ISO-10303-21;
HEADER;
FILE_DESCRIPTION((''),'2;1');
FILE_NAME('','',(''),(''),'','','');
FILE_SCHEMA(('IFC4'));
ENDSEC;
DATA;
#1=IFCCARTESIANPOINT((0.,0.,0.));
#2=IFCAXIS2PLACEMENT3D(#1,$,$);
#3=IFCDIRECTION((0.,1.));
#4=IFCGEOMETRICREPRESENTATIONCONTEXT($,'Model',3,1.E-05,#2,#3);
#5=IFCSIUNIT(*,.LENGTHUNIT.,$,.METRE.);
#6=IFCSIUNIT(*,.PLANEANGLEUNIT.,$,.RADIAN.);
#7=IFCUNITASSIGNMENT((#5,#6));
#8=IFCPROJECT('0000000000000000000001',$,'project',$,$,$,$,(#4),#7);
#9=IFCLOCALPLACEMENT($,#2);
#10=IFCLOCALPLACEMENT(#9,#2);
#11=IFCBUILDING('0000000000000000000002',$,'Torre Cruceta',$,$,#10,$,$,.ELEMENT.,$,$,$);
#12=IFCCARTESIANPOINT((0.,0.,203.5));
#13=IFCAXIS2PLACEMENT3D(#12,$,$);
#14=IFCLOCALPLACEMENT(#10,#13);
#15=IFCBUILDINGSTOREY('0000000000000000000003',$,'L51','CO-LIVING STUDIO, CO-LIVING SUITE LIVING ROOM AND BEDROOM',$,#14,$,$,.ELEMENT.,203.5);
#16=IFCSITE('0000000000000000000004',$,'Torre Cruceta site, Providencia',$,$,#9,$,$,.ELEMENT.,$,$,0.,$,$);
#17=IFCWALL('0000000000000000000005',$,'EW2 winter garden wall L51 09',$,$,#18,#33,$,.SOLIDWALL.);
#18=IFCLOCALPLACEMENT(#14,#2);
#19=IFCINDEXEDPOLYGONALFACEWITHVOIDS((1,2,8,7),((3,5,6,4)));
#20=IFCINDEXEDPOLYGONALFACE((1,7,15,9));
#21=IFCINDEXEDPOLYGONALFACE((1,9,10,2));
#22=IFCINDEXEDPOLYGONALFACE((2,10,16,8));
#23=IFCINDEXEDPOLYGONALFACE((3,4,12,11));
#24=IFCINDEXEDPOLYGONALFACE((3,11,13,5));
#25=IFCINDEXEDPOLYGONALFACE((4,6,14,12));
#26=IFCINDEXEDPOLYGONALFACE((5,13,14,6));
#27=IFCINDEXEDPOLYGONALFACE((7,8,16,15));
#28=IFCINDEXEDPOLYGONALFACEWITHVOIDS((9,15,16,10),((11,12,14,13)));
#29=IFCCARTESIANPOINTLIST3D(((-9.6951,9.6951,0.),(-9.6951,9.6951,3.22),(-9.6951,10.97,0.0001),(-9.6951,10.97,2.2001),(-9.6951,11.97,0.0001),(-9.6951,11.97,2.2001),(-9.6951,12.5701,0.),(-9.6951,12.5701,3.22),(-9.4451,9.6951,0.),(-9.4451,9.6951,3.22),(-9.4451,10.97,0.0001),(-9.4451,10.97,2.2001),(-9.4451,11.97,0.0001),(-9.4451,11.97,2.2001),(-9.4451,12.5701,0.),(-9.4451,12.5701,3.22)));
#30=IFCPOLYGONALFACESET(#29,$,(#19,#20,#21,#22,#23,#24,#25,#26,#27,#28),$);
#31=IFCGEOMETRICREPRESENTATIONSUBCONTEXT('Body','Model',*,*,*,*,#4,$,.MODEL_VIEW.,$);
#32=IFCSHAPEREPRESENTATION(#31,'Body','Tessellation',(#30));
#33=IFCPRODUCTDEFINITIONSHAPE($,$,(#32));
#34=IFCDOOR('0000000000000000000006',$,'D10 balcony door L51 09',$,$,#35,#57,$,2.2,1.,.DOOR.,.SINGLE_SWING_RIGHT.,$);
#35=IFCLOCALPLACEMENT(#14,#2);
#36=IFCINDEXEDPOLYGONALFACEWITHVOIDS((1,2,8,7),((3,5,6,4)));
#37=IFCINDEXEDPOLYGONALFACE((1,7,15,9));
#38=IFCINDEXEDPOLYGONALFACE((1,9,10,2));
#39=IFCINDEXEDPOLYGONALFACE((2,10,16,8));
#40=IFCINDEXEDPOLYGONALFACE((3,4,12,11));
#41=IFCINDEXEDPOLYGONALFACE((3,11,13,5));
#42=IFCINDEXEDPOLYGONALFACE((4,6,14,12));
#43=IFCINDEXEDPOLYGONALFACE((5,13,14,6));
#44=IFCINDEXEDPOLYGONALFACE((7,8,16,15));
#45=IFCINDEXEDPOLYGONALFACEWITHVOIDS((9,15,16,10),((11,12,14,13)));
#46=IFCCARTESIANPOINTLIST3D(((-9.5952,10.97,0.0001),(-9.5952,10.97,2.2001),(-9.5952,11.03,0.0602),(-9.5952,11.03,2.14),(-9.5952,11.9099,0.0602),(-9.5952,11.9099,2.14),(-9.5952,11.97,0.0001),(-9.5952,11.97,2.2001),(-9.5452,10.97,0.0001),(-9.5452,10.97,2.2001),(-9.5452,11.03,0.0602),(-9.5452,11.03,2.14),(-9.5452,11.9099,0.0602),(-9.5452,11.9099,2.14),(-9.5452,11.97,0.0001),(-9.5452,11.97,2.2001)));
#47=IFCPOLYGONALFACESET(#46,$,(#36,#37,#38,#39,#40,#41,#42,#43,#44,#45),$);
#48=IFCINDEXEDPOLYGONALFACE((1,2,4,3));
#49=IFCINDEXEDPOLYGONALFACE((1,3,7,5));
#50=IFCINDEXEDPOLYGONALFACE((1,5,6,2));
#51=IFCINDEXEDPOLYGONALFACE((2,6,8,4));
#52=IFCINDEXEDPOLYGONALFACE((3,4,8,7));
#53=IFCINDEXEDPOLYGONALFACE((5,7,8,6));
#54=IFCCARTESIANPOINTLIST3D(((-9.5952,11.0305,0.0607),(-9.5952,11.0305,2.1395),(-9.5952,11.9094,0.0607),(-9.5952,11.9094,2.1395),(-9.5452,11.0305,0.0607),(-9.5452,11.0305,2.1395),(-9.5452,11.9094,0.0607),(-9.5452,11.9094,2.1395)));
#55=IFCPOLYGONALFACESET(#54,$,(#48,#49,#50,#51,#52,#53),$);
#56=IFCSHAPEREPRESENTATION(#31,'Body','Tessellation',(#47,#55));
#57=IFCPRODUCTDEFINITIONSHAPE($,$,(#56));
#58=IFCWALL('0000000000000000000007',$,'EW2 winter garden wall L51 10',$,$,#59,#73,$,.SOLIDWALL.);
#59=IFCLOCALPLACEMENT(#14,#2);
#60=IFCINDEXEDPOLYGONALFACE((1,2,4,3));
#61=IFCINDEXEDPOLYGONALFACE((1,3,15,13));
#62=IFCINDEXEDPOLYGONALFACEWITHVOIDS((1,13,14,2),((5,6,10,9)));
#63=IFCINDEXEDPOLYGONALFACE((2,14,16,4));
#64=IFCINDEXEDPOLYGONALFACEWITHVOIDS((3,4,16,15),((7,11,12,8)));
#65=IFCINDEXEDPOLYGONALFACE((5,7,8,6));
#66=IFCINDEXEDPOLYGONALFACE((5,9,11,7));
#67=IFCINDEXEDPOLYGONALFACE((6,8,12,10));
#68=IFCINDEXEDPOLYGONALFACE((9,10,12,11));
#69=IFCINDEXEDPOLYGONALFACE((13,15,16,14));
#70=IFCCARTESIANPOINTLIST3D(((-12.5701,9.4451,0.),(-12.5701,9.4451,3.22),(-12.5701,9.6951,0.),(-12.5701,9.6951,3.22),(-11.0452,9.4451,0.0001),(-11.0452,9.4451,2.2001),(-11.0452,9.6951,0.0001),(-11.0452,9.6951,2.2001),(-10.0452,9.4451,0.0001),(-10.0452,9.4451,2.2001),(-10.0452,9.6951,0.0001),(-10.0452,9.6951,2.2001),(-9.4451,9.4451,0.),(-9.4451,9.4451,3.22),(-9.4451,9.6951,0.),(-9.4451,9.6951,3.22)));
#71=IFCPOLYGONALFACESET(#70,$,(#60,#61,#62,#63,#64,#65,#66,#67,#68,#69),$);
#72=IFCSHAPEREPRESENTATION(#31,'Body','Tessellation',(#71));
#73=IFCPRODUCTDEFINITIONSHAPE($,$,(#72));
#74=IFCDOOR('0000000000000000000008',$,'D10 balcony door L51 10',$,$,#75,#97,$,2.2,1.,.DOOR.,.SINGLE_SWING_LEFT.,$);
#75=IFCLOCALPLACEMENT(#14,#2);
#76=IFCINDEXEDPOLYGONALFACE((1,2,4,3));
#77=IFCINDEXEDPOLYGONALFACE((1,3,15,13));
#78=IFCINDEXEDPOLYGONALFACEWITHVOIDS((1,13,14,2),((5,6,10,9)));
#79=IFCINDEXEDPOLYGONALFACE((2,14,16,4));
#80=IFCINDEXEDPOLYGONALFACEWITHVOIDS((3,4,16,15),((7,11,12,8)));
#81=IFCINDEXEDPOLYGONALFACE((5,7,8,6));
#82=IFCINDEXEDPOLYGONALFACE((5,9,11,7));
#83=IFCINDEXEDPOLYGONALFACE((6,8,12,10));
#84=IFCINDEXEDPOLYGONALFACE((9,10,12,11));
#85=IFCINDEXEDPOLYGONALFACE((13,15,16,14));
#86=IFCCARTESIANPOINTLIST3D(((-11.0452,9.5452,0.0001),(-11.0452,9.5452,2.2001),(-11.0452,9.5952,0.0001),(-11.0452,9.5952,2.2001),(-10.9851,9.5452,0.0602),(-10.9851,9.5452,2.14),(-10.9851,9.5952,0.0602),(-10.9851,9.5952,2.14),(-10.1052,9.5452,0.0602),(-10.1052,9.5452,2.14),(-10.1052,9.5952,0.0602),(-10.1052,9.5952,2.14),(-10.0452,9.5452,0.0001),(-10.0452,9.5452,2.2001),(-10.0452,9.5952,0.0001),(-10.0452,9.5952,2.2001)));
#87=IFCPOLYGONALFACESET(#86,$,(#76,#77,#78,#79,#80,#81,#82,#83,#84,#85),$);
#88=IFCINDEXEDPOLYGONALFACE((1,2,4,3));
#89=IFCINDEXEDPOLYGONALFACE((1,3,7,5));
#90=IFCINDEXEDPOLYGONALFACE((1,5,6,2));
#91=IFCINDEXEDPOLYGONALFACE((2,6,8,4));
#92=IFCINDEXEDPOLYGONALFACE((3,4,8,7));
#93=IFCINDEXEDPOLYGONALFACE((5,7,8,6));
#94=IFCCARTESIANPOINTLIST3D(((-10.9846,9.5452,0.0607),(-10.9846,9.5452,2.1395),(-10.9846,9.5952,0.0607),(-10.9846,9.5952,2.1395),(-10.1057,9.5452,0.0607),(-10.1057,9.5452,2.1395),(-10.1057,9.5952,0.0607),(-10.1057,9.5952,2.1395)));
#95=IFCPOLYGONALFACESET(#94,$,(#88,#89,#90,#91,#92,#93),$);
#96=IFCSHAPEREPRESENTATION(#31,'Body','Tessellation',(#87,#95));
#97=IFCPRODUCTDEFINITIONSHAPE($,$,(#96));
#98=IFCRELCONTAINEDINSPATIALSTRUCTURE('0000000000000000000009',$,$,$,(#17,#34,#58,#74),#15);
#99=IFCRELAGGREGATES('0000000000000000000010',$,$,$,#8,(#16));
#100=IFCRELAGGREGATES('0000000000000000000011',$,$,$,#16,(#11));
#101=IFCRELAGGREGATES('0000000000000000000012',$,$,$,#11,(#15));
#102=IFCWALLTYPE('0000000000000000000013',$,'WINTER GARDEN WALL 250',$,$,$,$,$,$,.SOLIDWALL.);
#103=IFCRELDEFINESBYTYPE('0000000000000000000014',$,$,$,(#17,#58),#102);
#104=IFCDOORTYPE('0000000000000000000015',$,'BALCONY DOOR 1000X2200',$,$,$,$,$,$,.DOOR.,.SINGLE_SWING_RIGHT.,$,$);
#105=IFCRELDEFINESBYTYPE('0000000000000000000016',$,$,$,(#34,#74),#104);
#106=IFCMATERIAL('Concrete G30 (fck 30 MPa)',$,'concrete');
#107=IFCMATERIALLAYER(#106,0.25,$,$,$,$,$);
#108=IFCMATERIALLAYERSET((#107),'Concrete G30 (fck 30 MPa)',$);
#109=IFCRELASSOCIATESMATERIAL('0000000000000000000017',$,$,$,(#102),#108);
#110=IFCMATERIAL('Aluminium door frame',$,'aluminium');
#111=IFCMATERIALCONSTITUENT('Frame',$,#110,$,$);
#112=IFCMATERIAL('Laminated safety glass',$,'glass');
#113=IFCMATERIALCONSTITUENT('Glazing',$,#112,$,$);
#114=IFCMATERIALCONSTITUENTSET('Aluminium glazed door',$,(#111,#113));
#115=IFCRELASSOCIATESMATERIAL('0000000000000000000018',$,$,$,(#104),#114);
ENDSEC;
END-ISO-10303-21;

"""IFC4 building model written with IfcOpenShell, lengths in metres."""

from ifc_helpers import new_model, si_unit, direction, frame, frame_2d, origin, place, context, subcontext, project, spatial, rectangle, hollow_rectangle, extrude, material, layer, layer_set, constituent, constituent_set, type_object, element, fill, save


model = new_model("IFC4")

# Units and contexts
model_context = context("Model", 3, precision=1e-05, world=origin(), true_north=direction((0.0, 1.0)))
body_context = subcontext(model_context, "Body", "Model", "MODEL_VIEW")
ifc_project = project(units=[si_unit("LENGTHUNIT", "METRE"), si_unit("PLANEANGLEUNIT", "RADIAN")], contexts=[model_context])

# Site, building, storey
site_placement = place(None, origin())
site = spatial("IfcSite", under=ifc_project, at=site_placement, Name="Torre Cruceta site, Providencia", CompositionType="ELEMENT", RefElevation=0.0)
building_placement = place(site_placement, origin())
building = spatial("IfcBuilding", under=site, at=building_placement, Name="Torre Cruceta", CompositionType="ELEMENT")
storey_placement = place(building_placement, frame((0.0, 0.0, 203.5)))
storey = spatial("IfcBuildingStorey", under=building, at=storey_placement, Name="L51", Description="CO-LIVING STUDIO, CO-LIVING SUITE LIVING ROOM AND BEDROOM", CompositionType="ELEMENT", Elevation=203.5)

# Walls, openings, doors
ifc_material_1 = material(Name="Concrete G30 (fck 30 MPa)", Category="concrete")
ifc_layer_1 = layer(ifc_material_1, 0.25)
ifc_layer_set_1 = layer_set([ifc_layer_1], Name="Concrete G30 (fck 30 MPa)")
wall_type_1 = type_object("IfcWallType", Name="WINTER GARDEN WALL 250", PredefinedType="SOLIDWALL", material=ifc_layer_set_1)
wall_1_placement = place(storey_placement, frame((-9.5701, 12.5701, 0.0), z_axis=(0.0, 0.0, 1.0), x_axis=(0.0, -1.0, 0.0)))
wall_1 = element("IfcWall", 1, at=wall_1_placement, inside=storey, type_object=wall_type_1, Name="EW2 winter garden wall L51 09", PredefinedType="SOLIDWALL", context=body_context, shape_type="SweptSolid", body=[
    extrude(rectangle(XDim=2.875, YDim=0.25, at=frame_2d((1.4375, 0.0))), origin(), (0.0, 0.0, 1.0), 3.22),
])
opening_1_placement = place(wall_1_placement, frame((0.6001, 0.0, 0.0)))
opening_1 = element("IfcOpeningElement", 2, at=opening_1_placement, cuts=wall_1, PredefinedType="OPENING", context=body_context, shape_type="SweptSolid", body=[
    extrude(rectangle(XDim=1.0, YDim=2.2, at=frame_2d((0.5, 1.1001))), frame((0.0, 0.135, 0.0), z_axis=(0.0, -1.0, 0.0), x_axis=(1.0, 0.0, 0.0)), (0.0, 0.0, 1.0), 0.27),
])
ifc_material_2 = material(Name="Aluminium door frame", Category="aluminium")
ifc_constituent_1 = constituent(ifc_material_2, Name="Frame")
ifc_material_3 = material(Name="Laminated safety glass", Category="glass")
ifc_constituent_2 = constituent(ifc_material_3, Name="Glazing")
ifc_constituent_set_1 = constituent_set(constituents=[ifc_constituent_1, ifc_constituent_2], Name="Aluminium glazed door")
door_type_1 = type_object("IfcDoorType", Name="BALCONY DOOR 1000X2200", OperationType="SINGLE_SWING_RIGHT", PredefinedType="DOOR", material=ifc_constituent_set_1)
door_1_placement = place(opening_1_placement, origin())
door_1 = element("IfcDoor", 3, at=door_1_placement, inside=storey, type_object=door_type_1, Name="D10 balcony door L51 09", OperationType="SINGLE_SWING_RIGHT", OverallHeight=2.2, OverallWidth=1.0, PredefinedType="DOOR", context=body_context, shape_type="SweptSolid", body=[
    extrude(hollow_rectangle(XDim=1.0, YDim=2.2, WallThickness=0.0601, at=frame_2d((0.5, 1.1001))), frame((0.0, 0.0249, 0.0), z_axis=(0.0, -1.0, 0.0), x_axis=(1.0, 0.0, 0.0)), (0.0, 0.0, 1.0), 0.05),
    extrude(rectangle(XDim=0.8789, YDim=2.0789, at=frame_2d((0.5, 1.1001))), frame((0.0, 0.0249, 0.0), z_axis=(0.0, -1.0, 0.0), x_axis=(1.0, 0.0, 0.0)), (0.0, 0.0, 1.0), 0.05),
])
fill(opening_1, door_1)
wall_2_placement = place(storey_placement, frame((-9.4451, 9.5701, 0.0), z_axis=(0.0, 0.0, 1.0), x_axis=(-1.0, 0.0, 0.0)))
wall_2 = element("IfcWall", 4, at=wall_2_placement, inside=storey, type_object=wall_type_1, Name="EW2 winter garden wall L51 10", PredefinedType="SOLIDWALL", context=body_context, shape_type="SweptSolid", body=[
    extrude(rectangle(XDim=3.125, YDim=0.25, at=frame_2d((1.5625, 0.0))), origin(), (0.0, 0.0, 1.0), 3.22),
])
opening_2_placement = place(wall_2_placement, frame((0.6001, 0.0, 0.0)))
opening_2 = element("IfcOpeningElement", 5, at=opening_2_placement, cuts=wall_2, PredefinedType="OPENING", context=body_context, shape_type="SweptSolid", body=[
    extrude(rectangle(XDim=1.0, YDim=2.2, at=frame_2d((0.5, 1.1001))), frame((0.0, 0.135, 0.0), z_axis=(0.0, -1.0, 0.0), x_axis=(1.0, 0.0, 0.0)), (0.0, 0.0, 1.0), 0.27),
])
door_2_placement = place(opening_2_placement, origin())
door_2 = element("IfcDoor", 6, at=door_2_placement, inside=storey, type_object=door_type_1, Name="D10 balcony door L51 10", OperationType="SINGLE_SWING_LEFT", OverallHeight=2.2, OverallWidth=1.0, PredefinedType="DOOR", context=body_context, shape_type="SweptSolid", body=[
    extrude(hollow_rectangle(XDim=1.0, YDim=2.2, WallThickness=0.0601, at=frame_2d((0.5, 1.1001))), frame((0.0, 0.0249, 0.0), z_axis=(0.0, -1.0, 0.0), x_axis=(1.0, 0.0, 0.0)), (0.0, 0.0, 1.0), 0.05),
    extrude(rectangle(XDim=0.8789, YDim=2.0789, at=frame_2d((0.5, 1.1001))), frame((0.0, 0.0249, 0.0), z_axis=(0.0, -1.0, 0.0), x_axis=(1.0, 0.0, 0.0)), (0.0, 0.0, 1.0), 0.05),
])
fill(opening_2, door_2)

save(model, "model.ifc")
